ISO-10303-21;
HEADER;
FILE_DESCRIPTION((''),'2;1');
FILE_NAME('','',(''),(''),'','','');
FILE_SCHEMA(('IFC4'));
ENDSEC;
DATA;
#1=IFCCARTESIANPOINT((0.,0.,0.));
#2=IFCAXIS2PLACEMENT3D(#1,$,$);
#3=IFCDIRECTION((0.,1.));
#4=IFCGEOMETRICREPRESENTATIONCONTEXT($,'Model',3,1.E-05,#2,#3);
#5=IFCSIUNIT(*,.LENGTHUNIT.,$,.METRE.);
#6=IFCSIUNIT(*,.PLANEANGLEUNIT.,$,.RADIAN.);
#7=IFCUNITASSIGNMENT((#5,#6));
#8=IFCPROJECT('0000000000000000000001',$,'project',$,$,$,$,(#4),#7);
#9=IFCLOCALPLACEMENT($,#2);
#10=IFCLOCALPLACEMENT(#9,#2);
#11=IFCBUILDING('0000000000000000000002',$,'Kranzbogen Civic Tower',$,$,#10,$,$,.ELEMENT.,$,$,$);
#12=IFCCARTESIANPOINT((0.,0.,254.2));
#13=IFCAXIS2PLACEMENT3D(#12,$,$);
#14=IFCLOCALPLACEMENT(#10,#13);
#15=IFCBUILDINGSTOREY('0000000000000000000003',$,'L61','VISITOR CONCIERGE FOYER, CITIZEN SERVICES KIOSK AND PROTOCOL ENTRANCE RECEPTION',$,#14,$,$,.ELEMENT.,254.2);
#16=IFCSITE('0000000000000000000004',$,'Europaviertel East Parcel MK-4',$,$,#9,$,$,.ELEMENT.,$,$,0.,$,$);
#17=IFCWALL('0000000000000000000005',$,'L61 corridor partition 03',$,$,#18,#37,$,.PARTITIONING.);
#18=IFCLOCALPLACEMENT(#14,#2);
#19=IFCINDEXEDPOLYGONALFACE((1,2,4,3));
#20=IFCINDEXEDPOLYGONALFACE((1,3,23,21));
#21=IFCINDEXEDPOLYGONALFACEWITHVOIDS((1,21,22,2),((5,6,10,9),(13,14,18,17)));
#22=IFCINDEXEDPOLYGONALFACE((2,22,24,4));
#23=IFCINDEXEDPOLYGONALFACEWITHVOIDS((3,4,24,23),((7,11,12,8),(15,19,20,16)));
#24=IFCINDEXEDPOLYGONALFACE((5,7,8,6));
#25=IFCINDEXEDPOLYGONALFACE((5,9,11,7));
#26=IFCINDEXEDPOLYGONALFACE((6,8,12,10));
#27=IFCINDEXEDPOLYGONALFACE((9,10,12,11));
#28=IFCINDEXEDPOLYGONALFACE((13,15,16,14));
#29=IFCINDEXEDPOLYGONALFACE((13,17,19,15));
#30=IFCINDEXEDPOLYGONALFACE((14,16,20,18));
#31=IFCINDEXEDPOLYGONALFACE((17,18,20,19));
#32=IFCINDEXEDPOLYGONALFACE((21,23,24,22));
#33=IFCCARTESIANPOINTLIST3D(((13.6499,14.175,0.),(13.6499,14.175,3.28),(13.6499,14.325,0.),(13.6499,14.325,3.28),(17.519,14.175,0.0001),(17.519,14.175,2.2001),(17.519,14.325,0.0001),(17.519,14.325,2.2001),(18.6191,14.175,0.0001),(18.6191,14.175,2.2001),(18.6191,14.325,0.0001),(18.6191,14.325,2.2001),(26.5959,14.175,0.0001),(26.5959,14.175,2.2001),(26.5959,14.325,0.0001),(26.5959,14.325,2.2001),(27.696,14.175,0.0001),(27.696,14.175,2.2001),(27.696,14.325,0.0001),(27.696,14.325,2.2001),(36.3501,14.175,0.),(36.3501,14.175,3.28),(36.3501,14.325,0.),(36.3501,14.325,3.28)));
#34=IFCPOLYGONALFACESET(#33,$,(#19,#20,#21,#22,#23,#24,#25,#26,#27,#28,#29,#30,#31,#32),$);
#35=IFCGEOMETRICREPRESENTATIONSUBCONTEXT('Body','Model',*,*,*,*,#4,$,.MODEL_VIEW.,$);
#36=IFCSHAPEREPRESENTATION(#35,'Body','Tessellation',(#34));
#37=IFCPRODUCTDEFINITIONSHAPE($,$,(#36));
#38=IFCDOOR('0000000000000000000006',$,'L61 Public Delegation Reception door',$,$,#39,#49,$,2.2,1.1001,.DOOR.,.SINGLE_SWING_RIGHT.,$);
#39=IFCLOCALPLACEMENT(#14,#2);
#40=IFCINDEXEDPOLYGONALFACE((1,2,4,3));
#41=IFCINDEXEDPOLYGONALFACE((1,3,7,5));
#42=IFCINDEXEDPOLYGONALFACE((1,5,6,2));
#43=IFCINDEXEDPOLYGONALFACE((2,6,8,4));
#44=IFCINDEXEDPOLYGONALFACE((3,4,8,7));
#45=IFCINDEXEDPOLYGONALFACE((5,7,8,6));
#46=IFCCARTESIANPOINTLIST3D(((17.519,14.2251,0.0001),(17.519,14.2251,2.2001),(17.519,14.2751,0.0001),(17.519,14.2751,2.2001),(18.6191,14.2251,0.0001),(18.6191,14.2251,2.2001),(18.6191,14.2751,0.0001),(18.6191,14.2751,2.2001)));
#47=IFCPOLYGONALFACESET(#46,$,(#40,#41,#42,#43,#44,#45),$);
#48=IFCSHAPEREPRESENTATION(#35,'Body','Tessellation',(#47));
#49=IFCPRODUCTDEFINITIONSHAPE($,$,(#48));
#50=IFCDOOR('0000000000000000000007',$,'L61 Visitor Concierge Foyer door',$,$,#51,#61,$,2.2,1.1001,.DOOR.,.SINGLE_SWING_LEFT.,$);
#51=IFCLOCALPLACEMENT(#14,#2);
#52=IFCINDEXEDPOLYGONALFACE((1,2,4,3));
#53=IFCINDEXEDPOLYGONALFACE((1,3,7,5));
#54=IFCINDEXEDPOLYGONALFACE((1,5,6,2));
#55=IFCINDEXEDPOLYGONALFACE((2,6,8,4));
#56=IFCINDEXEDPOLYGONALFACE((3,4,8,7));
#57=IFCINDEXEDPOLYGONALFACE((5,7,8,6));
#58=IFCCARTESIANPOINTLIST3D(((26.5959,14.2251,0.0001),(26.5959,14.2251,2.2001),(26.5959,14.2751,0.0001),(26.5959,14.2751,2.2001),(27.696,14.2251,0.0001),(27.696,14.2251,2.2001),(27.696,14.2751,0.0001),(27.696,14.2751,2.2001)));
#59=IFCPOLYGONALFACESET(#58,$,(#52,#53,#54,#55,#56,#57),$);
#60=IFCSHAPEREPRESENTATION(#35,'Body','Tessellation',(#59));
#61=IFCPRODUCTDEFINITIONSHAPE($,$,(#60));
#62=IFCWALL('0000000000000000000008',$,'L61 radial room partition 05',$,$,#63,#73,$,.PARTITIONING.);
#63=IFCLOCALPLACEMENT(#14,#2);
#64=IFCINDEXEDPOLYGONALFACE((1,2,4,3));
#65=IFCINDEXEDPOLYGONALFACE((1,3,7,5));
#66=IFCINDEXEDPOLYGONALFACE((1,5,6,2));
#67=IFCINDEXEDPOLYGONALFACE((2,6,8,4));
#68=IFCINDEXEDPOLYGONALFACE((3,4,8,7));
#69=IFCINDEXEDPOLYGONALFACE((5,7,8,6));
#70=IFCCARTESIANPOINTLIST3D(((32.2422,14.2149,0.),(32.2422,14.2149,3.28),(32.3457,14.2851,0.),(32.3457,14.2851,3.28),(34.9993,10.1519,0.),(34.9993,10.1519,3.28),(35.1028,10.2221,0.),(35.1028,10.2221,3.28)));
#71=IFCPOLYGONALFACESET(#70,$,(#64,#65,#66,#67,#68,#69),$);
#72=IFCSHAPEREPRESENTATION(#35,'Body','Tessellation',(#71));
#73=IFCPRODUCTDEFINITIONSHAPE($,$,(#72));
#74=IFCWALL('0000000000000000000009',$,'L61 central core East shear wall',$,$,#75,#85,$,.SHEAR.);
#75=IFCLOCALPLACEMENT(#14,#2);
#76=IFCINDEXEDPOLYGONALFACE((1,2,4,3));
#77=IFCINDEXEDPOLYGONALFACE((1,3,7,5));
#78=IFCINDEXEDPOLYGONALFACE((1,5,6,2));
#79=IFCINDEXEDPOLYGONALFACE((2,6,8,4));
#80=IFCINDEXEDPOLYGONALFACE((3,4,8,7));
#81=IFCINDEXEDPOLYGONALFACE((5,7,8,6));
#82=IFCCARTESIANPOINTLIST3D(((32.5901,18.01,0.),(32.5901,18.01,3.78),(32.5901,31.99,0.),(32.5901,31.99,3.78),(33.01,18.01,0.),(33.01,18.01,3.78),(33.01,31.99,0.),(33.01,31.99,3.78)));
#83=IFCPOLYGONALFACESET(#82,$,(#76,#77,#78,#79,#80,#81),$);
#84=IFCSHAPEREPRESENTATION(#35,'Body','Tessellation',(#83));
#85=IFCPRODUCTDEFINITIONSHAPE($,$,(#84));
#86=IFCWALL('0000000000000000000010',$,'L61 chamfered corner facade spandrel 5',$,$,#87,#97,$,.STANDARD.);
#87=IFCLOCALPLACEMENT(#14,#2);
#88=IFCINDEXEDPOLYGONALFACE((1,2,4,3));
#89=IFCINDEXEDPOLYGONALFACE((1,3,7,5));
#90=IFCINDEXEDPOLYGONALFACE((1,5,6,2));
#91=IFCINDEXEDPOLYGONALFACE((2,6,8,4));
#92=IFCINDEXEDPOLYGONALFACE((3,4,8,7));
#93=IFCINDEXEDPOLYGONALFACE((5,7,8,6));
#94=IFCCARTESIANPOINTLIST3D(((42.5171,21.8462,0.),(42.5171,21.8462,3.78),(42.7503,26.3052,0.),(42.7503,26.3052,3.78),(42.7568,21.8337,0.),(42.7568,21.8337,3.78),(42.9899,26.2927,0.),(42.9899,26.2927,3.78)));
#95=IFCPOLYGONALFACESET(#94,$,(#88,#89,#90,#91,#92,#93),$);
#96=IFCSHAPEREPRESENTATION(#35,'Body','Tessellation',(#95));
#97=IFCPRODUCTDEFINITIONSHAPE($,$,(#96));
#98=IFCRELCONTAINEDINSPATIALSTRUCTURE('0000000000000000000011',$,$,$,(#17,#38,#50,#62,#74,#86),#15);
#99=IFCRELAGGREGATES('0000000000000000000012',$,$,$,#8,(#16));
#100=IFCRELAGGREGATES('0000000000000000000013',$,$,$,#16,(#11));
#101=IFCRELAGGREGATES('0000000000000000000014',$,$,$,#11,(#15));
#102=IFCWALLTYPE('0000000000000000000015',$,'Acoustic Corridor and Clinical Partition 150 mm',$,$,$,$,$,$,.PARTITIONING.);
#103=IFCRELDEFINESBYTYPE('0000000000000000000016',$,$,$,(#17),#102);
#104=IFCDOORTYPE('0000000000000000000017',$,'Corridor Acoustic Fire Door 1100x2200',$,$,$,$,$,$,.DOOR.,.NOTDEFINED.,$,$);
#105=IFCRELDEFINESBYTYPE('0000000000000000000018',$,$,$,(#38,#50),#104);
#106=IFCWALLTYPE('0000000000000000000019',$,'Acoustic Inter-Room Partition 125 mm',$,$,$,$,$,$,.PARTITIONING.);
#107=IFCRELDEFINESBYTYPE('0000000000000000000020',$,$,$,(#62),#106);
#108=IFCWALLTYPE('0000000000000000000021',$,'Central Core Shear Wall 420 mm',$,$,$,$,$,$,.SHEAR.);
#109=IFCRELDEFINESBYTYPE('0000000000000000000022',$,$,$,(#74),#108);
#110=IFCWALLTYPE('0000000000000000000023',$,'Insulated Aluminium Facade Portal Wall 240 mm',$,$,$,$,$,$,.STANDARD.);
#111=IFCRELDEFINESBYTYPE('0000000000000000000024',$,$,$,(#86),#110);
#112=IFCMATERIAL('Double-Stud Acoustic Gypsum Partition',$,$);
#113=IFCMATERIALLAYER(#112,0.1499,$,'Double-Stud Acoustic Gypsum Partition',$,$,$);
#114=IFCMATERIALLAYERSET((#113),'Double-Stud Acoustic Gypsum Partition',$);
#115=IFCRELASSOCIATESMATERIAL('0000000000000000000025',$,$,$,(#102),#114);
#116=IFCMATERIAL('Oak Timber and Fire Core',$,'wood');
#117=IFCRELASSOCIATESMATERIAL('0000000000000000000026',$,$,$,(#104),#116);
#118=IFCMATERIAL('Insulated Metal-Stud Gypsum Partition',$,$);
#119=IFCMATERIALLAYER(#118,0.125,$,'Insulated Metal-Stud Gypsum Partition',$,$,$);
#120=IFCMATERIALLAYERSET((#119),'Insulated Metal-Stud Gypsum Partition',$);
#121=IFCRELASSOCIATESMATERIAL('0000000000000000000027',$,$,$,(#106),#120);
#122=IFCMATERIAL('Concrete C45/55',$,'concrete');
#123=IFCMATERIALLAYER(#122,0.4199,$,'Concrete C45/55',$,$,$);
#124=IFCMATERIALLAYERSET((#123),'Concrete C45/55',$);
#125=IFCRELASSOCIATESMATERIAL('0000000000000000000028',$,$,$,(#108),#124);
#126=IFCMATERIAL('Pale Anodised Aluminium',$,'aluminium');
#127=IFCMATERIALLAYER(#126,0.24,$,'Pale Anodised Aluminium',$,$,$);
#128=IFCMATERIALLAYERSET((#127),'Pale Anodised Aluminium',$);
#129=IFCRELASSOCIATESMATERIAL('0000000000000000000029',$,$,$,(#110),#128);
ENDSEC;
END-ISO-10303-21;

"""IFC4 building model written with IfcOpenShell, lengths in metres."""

from ifc_helpers import new_model, si_unit, direction, frame, frame_2d, origin, place, context, subcontext, project, spatial, rectangle, extrude, material, layer, layer_set, type_object, element, fill, save


model = new_model("IFC4")

# Units and contexts
model_context = context("Model", 3, precision=1e-05, world=origin(), true_north=direction((0.0, 1.0)))
body_context = subcontext(model_context, "Body", "Model", "MODEL_VIEW")
ifc_project = project(units=[si_unit("LENGTHUNIT", "METRE"), si_unit("PLANEANGLEUNIT", "RADIAN")], contexts=[model_context])

# Site, building, storey
site_placement = place(None, origin())
site = spatial("IfcSite", under=ifc_project, at=site_placement, Name="Europaviertel East Parcel MK-4", CompositionType="ELEMENT", RefElevation=0.0)
building_placement = place(site_placement, origin())
building = spatial("IfcBuilding", under=site, at=building_placement, Name="Kranzbogen Civic Tower", CompositionType="ELEMENT")
storey_placement = place(building_placement, frame((0.0, 0.0, 254.2)))
storey = spatial("IfcBuildingStorey", under=building, at=storey_placement, Name="L61", Description="VISITOR CONCIERGE FOYER, CITIZEN SERVICES KIOSK AND PROTOCOL ENTRANCE RECEPTION", CompositionType="ELEMENT", Elevation=254.2)

# Shared definitions
ifc_material_1 = material(Name="Pale Anodised Aluminium", Category="aluminium")

# Wall, openings, doors
ifc_material_2 = material(Name="Double-Stud Acoustic Gypsum Partition")
ifc_layer_1 = layer(ifc_material_2, 0.1499, Name="Double-Stud Acoustic Gypsum Partition")
ifc_layer_set_1 = layer_set([ifc_layer_1], Name="Double-Stud Acoustic Gypsum Partition")
wall_type_1 = type_object("IfcWallType", Name="Acoustic Corridor and Clinical Partition 150 mm", PredefinedType="PARTITIONING", material=ifc_layer_set_1)
wall_1_placement = place(storey_placement, frame((36.3501, 14.25, 0.0), z_axis=(0.0, 0.0, 1.0), x_axis=(-1.0, 0.0, 0.0)))
wall_1 = element("IfcWall", 1, at=wall_1_placement, inside=storey, type_object=wall_type_1, Name="L61 corridor partition 03", PredefinedType="PARTITIONING", context=body_context, shape_type="SweptSolid", body=[
    extrude(rectangle(XDim=22.7002, YDim=0.1499, at=frame_2d((11.3501, 0.0))), origin(), (0.0, 0.0, 1.0), 3.28),
])
opening_1_placement = place(wall_1_placement, frame((17.731, 0.0, 0.0)))
opening_1 = element("IfcOpeningElement", 2, at=opening_1_placement, cuts=wall_1, PredefinedType="OPENING", context=body_context, shape_type="SweptSolid", body=[
    extrude(rectangle(XDim=1.1001, YDim=2.2, at=frame_2d((0.55, 1.1001))), frame((0.0, 0.085, 0.0), z_axis=(0.0, -1.0, 0.0), x_axis=(1.0, 0.0, 0.0)), (0.0, 0.0, 1.0), 0.1699),
])
opening_2_placement = place(wall_1_placement, frame((8.6541, 0.0, 0.0)))
opening_2 = element("IfcOpeningElement", 3, at=opening_2_placement, cuts=wall_1, PredefinedType="OPENING", context=body_context, shape_type="SweptSolid", body=[
    extrude(rectangle(XDim=1.1001, YDim=2.2, at=frame_2d((0.55, 1.1001))), frame((0.0, 0.085, 0.0), z_axis=(0.0, -1.0, 0.0), x_axis=(1.0, 0.0, 0.0)), (0.0, 0.0, 1.0), 0.1699),
])
ifc_material_3 = material(Name="Oak Timber and Fire Core", Category="wood")
door_type = type_object("IfcDoorType", Name="Corridor Acoustic Fire Door 1100x2200", OperationType="NOTDEFINED", PredefinedType="DOOR", material=ifc_material_3)
door_1_placement = place(opening_1_placement, origin())
door_1 = element("IfcDoor", 4, at=door_1_placement, inside=storey, type_object=door_type, Name="L61 Public Delegation Reception door", OperationType="SINGLE_SWING_RIGHT", OverallHeight=2.2, OverallWidth=1.1001, PredefinedType="DOOR", context=body_context, shape_type="SweptSolid", body=[
    extrude(rectangle(XDim=1.1001, YDim=2.2, at=frame_2d((0.55, 1.1001))), frame((0.0, 0.0249, 0.0), z_axis=(0.0, -1.0, 0.0), x_axis=(1.0, 0.0, 0.0)), (0.0, 0.0, 1.0), 0.05),
])
fill(opening_1, door_1)
door_2_placement = place(opening_2_placement, origin())
door_2 = element("IfcDoor", 5, at=door_2_placement, inside=storey, type_object=door_type, Name="L61 Visitor Concierge Foyer door", OperationType="SINGLE_SWING_LEFT", OverallHeight=2.2, OverallWidth=1.1001, PredefinedType="DOOR", context=body_context, shape_type="SweptSolid", body=[
    extrude(rectangle(XDim=1.1001, YDim=2.2, at=frame_2d((0.55, 1.1001))), frame((0.0, 0.0249, 0.0), z_axis=(0.0, -1.0, 0.0), x_axis=(1.0, 0.0, 0.0)), (0.0, 0.0, 1.0), 0.05),
])
fill(opening_2, door_2)

# Walls
ifc_material_4 = material(Name="Insulated Metal-Stud Gypsum Partition")
ifc_layer_2 = layer(ifc_material_4, 0.125, Name="Insulated Metal-Stud Gypsum Partition")
ifc_layer_set_2 = layer_set([ifc_layer_2], Name="Insulated Metal-Stud Gypsum Partition")
wall_type_2 = type_object("IfcWallType", Name="Acoustic Inter-Room Partition 125 mm", PredefinedType="PARTITIONING", material=ifc_layer_set_2)
wall_2_placement = place(storey_placement, frame((32.2939, 14.25, 0.0), z_axis=(0.0, 0.0, 1.0), x_axis=(0.561509, -0.827471, 0.0)))
element("IfcWall", 6, at=wall_2_placement, inside=storey, type_object=wall_type_2, Name="L61 radial room partition 05", PredefinedType="PARTITIONING", context=body_context, shape_type="SweptSolid", body=[
    extrude(rectangle(XDim=4.9102, YDim=0.125, at=frame_2d((2.4551, 0.0))), origin(), (0.0, 0.0, 1.0), 3.28),
])
ifc_material_5 = material(Name="Concrete C45/55", Category="concrete")
ifc_layer_3 = layer(ifc_material_5, 0.4199, Name="Concrete C45/55")
ifc_layer_set_3 = layer_set([ifc_layer_3], Name="Concrete C45/55")
wall_type_3 = type_object("IfcWallType", Name="Central Core Shear Wall 420 mm", PredefinedType="SHEAR", material=ifc_layer_set_3)
wall_3_placement = place(storey_placement, frame((32.8, 18.01, 0.0), z_axis=(0.0, 0.0, 1.0), x_axis=(0.0, 1.0, 0.0)))
element("IfcWall", 7, at=wall_3_placement, inside=storey, type_object=wall_type_3, Name="L61 central core East shear wall", PredefinedType="SHEAR", context=body_context, shape_type="SweptSolid", body=[
    extrude(rectangle(XDim=13.98, YDim=0.4199, at=frame_2d((6.99, 0.0))), origin(), (0.0, 0.0, 1.0), 3.78),
])
ifc_layer_4 = layer(ifc_material_1, 0.24, Name="Pale Anodised Aluminium")
ifc_layer_set_4 = layer_set([ifc_layer_4], Name="Pale Anodised Aluminium")
wall_type_4 = type_object("IfcWallType", Name="Insulated Aluminium Facade Portal Wall 240 mm", PredefinedType="STANDARD", material=ifc_layer_set_4)
wall_4_placement = place(storey_placement, frame((42.637, 21.8401, 0.0), z_axis=(0.0, 0.0, 1.0), x_axis=(0.052217, 0.998636, 0.0)))
element("IfcWall", 8, at=wall_4_placement, inside=storey, type_object=wall_type_4, Name="L61 chamfered corner facade spandrel 5", PredefinedType="STANDARD", context=body_context, shape_type="SweptSolid", body=[
    extrude(rectangle(XDim=4.4651, YDim=0.24, at=frame_2d((2.2324, 0.0))), origin(), (0.0, 0.0, 1.0), 3.78),
])

save(model, "model.ifc")
